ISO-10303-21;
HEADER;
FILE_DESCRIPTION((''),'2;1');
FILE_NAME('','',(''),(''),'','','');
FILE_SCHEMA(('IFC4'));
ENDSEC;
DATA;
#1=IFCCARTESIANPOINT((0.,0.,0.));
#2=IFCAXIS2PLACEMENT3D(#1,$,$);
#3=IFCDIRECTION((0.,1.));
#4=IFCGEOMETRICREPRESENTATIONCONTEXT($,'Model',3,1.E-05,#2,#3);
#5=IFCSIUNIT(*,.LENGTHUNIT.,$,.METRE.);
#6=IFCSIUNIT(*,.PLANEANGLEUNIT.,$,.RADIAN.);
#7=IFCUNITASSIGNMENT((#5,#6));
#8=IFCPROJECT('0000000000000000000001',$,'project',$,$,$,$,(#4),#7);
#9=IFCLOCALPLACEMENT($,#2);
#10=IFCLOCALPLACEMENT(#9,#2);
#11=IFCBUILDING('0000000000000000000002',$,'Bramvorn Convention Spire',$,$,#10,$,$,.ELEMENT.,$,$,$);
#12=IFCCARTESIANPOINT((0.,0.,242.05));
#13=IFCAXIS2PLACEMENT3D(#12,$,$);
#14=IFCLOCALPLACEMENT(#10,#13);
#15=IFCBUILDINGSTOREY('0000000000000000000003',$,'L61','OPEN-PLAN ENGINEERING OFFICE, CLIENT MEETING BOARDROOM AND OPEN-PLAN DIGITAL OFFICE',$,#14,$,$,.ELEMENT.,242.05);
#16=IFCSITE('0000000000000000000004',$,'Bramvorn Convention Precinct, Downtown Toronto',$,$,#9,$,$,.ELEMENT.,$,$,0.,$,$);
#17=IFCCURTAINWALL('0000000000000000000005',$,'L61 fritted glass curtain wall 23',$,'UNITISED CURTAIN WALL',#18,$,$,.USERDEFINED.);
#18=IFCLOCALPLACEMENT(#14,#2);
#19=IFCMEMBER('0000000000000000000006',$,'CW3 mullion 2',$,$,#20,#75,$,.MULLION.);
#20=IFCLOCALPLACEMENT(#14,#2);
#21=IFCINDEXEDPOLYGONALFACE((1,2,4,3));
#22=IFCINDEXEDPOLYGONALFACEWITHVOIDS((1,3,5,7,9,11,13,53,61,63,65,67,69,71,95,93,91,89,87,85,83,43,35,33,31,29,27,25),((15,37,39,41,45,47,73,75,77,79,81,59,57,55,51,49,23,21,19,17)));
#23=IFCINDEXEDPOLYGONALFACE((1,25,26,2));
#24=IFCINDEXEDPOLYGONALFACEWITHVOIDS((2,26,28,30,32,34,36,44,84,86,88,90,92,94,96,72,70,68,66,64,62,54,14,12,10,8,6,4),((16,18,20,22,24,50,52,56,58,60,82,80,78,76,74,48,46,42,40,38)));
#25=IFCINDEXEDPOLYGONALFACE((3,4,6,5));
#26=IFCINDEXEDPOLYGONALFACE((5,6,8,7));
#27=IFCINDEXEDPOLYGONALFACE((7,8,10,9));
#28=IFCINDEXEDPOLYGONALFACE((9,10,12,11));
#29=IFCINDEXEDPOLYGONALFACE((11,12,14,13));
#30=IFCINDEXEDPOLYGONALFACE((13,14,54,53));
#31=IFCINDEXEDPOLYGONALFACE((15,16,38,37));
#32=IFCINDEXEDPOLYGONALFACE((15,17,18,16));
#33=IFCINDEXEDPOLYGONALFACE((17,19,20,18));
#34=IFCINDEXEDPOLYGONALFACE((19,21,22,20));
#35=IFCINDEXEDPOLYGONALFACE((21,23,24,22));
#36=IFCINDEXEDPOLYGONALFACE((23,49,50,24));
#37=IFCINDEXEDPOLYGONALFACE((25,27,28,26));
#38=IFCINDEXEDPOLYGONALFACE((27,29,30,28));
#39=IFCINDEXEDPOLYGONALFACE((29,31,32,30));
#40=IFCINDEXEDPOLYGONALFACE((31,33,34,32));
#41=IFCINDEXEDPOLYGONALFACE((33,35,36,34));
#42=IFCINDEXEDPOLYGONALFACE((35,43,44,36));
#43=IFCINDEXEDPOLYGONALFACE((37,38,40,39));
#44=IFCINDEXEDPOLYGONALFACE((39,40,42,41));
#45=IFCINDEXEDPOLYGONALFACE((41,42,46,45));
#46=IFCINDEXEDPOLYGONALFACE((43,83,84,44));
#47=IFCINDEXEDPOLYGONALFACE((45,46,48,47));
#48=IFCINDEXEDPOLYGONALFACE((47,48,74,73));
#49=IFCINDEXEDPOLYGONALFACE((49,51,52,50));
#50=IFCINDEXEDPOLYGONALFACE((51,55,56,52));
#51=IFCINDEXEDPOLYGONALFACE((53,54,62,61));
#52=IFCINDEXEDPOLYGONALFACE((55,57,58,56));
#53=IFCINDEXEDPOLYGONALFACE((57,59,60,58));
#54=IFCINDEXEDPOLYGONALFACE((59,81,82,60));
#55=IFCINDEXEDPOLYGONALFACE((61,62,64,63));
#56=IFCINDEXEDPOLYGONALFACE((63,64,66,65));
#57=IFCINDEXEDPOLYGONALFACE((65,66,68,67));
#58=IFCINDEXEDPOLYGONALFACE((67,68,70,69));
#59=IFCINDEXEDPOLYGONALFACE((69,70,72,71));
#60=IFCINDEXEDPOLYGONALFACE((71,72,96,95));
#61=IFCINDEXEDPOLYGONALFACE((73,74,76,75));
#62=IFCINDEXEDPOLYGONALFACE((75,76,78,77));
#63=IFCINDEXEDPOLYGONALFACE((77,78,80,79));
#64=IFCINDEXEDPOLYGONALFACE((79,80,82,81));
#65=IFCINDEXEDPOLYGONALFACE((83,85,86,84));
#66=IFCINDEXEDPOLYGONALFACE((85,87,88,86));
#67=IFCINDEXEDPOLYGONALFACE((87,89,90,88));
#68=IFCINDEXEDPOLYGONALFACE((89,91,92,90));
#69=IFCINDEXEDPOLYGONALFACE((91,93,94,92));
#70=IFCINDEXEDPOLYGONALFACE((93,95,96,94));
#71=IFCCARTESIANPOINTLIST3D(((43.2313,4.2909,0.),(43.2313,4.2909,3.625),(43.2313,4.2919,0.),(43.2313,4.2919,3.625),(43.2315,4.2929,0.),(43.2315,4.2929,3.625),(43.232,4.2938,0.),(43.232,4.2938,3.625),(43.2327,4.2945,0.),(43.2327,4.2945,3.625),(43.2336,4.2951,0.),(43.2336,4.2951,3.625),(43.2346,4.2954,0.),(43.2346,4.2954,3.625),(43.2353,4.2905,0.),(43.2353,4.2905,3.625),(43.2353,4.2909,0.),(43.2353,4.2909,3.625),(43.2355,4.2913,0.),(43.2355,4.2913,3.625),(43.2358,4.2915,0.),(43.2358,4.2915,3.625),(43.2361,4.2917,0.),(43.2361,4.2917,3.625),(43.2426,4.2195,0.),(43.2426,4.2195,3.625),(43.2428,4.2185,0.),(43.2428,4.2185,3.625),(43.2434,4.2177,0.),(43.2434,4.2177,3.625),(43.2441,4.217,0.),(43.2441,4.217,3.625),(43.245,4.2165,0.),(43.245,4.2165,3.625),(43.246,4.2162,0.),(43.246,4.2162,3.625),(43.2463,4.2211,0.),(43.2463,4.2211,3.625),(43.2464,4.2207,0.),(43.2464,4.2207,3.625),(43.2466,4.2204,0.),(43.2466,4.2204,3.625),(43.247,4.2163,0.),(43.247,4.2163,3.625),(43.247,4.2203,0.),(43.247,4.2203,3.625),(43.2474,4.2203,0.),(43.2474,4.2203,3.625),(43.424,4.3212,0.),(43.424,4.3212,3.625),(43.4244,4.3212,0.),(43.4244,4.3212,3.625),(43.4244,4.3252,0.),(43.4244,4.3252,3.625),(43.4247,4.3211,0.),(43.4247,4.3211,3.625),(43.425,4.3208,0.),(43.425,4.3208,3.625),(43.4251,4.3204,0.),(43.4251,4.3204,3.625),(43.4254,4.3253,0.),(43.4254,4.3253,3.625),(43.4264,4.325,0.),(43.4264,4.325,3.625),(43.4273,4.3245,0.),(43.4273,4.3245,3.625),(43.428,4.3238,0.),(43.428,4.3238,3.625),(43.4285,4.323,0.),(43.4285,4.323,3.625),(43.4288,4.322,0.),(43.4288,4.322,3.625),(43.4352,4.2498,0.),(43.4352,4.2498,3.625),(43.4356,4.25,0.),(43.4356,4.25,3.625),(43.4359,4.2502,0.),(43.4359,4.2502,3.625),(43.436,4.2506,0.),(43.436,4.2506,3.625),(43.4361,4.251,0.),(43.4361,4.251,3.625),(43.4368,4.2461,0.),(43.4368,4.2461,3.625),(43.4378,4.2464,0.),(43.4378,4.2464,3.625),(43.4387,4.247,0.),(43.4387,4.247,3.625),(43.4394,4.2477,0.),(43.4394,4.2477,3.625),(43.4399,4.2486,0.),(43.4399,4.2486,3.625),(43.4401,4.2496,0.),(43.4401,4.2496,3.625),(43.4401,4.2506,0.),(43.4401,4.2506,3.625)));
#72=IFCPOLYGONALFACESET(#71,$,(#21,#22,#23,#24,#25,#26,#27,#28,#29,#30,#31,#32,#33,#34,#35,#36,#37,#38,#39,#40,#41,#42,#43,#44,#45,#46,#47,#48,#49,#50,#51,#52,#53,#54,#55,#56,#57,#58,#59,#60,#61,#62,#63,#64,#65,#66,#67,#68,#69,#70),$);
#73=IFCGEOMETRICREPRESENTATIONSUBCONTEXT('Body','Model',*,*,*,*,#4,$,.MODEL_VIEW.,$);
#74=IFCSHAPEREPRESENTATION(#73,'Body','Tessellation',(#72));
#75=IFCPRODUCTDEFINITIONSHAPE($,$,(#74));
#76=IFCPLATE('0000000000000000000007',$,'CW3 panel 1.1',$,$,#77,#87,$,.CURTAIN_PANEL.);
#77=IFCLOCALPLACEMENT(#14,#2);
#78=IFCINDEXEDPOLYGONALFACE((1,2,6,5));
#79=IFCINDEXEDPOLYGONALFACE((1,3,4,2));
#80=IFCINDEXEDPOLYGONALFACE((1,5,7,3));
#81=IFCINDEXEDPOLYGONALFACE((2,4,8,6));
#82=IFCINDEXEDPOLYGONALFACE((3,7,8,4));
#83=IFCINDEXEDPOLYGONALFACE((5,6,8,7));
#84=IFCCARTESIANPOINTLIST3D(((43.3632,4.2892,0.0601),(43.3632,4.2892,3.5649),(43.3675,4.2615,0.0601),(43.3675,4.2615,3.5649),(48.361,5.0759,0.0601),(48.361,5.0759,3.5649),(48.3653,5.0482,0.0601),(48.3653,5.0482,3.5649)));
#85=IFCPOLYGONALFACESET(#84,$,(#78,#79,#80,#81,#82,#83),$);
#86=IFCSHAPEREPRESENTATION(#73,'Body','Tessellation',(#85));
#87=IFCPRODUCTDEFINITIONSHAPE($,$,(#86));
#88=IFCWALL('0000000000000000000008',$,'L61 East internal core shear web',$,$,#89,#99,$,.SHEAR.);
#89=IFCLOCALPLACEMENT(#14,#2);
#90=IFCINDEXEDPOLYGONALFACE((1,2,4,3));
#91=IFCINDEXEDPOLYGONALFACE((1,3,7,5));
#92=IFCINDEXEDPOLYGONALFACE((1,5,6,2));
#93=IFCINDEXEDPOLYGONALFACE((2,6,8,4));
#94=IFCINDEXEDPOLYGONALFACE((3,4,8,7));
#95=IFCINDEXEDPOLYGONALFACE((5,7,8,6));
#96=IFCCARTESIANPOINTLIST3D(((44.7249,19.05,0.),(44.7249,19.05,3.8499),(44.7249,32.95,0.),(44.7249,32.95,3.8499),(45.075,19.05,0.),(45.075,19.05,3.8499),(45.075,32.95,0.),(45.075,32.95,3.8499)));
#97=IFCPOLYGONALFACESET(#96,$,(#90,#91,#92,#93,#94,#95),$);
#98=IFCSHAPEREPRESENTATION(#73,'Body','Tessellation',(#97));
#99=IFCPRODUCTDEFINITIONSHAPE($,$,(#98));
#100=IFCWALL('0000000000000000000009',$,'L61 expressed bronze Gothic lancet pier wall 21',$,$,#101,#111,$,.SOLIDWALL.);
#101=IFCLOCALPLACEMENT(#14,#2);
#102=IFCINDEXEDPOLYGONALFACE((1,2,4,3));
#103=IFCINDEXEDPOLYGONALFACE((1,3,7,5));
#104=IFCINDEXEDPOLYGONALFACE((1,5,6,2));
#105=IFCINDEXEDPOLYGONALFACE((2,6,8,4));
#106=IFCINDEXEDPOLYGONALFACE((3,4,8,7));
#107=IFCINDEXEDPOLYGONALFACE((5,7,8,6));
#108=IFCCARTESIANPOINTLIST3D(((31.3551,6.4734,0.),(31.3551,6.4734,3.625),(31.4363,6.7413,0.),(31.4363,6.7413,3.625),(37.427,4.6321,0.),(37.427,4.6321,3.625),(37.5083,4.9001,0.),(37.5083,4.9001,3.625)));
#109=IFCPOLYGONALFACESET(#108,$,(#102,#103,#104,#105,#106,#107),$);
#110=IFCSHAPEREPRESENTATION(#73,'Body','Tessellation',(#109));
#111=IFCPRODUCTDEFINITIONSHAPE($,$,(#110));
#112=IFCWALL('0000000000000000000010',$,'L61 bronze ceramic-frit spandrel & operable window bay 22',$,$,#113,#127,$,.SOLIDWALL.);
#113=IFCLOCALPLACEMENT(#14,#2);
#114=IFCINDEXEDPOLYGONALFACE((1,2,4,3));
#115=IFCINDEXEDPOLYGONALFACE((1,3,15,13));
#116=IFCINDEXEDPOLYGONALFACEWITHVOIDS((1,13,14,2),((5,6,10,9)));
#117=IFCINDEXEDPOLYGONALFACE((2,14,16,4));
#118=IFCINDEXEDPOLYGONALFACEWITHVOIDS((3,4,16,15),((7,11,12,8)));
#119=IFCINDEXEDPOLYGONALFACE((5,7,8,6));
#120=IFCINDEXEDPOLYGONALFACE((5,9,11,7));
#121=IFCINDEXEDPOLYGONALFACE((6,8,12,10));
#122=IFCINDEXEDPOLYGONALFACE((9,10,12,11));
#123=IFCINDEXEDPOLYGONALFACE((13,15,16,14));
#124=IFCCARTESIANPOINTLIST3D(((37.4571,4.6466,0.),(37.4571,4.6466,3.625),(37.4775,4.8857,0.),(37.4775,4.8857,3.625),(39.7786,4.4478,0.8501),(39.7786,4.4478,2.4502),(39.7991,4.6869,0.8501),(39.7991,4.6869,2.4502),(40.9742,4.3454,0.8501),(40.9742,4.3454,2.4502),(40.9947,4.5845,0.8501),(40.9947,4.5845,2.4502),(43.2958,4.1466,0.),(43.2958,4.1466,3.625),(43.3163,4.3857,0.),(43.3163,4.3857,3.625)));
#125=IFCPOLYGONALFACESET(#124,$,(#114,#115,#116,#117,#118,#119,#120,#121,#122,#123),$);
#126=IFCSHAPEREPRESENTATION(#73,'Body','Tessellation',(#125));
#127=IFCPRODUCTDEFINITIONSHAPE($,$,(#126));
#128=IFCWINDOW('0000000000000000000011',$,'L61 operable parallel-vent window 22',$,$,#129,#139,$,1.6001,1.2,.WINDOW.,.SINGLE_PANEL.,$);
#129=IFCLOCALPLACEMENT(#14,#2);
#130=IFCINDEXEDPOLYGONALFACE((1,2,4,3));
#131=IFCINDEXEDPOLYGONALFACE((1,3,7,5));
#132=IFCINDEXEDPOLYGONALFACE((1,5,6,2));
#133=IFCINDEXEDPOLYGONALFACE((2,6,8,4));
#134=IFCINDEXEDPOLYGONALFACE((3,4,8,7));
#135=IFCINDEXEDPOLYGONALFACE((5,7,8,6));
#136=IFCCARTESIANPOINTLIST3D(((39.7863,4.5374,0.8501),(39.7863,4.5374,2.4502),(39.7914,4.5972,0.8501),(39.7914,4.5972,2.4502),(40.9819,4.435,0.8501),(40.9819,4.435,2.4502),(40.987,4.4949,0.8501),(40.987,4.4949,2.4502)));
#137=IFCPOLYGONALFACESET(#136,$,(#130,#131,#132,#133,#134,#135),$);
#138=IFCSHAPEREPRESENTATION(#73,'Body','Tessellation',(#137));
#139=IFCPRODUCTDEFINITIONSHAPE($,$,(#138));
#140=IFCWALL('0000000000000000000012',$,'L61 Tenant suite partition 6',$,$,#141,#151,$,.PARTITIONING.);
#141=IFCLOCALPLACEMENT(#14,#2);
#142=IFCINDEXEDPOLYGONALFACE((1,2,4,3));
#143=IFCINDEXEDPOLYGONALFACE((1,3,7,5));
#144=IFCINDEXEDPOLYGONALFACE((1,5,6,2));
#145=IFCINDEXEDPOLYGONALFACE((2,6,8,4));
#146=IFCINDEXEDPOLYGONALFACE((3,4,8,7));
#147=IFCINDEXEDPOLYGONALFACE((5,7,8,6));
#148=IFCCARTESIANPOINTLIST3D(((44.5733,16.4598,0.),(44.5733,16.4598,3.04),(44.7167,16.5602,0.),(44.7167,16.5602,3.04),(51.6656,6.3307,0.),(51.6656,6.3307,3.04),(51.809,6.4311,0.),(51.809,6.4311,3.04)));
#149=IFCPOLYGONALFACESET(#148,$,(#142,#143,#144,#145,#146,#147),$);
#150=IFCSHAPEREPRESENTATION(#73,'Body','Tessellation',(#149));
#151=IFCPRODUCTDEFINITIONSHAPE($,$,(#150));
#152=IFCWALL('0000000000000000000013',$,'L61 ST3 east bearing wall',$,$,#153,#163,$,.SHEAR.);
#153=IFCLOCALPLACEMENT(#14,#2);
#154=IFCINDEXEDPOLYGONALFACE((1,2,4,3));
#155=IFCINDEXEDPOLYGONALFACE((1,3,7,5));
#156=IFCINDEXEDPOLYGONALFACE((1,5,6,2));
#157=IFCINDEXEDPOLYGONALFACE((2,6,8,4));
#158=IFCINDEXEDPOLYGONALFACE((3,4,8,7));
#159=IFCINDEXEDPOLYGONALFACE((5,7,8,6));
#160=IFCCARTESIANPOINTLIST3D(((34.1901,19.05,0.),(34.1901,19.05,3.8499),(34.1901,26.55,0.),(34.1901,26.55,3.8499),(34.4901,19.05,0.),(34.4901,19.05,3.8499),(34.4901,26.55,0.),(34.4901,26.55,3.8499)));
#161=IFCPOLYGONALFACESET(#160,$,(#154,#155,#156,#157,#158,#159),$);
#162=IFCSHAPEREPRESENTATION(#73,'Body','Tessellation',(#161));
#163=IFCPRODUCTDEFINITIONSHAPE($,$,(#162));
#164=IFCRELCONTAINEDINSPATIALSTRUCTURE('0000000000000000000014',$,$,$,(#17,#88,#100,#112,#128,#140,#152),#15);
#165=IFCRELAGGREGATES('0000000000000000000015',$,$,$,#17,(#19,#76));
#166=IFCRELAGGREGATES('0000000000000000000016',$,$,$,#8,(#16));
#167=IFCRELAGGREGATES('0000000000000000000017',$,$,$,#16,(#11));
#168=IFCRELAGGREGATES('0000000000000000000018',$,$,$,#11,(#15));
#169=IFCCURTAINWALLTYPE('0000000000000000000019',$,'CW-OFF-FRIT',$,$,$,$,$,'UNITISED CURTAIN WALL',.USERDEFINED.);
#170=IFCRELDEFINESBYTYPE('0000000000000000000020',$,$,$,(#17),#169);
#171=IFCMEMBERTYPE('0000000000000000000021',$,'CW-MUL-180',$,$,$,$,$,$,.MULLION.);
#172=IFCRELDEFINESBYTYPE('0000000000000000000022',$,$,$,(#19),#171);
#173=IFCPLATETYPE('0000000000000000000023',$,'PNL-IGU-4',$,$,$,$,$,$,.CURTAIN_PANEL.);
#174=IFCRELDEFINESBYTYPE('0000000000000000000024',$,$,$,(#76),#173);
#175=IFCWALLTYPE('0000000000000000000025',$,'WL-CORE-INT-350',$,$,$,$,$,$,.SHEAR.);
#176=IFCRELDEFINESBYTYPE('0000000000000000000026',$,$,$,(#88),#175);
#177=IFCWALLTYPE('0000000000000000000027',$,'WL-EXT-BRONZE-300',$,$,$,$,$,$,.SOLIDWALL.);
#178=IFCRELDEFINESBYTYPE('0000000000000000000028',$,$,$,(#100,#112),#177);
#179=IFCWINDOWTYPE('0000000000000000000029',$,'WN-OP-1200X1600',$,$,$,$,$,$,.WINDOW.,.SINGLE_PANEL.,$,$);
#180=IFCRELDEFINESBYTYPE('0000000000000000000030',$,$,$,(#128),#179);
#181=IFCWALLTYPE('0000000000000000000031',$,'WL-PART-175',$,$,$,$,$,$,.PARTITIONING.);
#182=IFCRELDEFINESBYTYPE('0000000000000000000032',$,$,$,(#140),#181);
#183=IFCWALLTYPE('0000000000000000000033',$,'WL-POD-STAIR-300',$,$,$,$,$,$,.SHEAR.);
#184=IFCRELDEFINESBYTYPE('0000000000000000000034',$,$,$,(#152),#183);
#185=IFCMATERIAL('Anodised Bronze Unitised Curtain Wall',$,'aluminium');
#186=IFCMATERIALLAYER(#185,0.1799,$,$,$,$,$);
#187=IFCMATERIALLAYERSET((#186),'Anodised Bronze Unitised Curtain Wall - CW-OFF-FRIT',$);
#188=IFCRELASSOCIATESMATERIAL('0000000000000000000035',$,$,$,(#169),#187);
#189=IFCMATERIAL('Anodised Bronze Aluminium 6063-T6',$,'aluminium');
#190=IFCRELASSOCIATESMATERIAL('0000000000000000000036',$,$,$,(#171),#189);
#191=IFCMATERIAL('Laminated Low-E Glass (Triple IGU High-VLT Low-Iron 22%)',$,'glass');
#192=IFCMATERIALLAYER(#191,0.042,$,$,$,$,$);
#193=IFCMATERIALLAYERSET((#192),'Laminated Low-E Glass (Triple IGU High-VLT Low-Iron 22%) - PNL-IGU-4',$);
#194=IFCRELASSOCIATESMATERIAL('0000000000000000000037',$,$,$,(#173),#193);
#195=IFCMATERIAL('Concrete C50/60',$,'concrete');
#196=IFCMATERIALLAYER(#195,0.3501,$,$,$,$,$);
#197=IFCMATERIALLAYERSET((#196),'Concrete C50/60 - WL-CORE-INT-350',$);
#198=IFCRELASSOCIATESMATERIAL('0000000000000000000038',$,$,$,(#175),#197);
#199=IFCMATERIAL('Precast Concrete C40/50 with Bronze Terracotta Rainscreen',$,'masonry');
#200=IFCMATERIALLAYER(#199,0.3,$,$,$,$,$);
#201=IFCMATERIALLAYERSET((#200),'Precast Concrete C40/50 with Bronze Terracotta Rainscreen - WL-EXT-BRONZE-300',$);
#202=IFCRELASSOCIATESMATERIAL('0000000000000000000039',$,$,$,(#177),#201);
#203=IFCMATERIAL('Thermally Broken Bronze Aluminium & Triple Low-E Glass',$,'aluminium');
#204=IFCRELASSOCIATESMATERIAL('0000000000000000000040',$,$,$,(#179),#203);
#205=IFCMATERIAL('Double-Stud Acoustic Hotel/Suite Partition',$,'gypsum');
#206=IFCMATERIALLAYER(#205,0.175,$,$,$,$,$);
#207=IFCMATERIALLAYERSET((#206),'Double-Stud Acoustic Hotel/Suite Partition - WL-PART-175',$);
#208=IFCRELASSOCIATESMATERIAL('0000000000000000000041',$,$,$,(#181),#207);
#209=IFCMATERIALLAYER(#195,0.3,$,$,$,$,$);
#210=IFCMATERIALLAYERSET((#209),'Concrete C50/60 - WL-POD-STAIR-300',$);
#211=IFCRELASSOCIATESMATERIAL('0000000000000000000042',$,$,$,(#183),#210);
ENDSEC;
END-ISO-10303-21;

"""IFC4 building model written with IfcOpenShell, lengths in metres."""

from ifc_helpers import new_model, si_unit, direction, frame, frame_2d, origin, origin_2d, place, context, subcontext, project, spatial, rectangle, hollow_rectangle, extrude, material, layer, layer_set, material_profile, profile_set, type_object, element, fill, aggregate, save


model = new_model("IFC4")

# Units and contexts
model_context = context("Model", 3, precision=1e-05, world=origin(), true_north=direction((0.0, 1.0)))
body_context = subcontext(model_context, "Body", "Model", "MODEL_VIEW")
ifc_project = project(units=[si_unit("LENGTHUNIT", "METRE"), si_unit("PLANEANGLEUNIT", "RADIAN")], contexts=[model_context])

# Site, building, storey
site_placement = place(None, origin())
site = spatial("IfcSite", under=ifc_project, at=site_placement, Name="Bramvorn Convention Precinct, Downtown Toronto", CompositionType="ELEMENT", RefElevation=0.0)
building_placement = place(site_placement, origin())
building = spatial("IfcBuilding", under=site, at=building_placement, Name="Bramvorn Convention Spire", CompositionType="ELEMENT")
storey_placement = place(building_placement, frame((0.0, 0.0, 242.05)))
storey = spatial("IfcBuildingStorey", under=building, at=storey_placement, Name="L61", Description="OPEN-PLAN ENGINEERING OFFICE, CLIENT MEETING BOARDROOM AND OPEN-PLAN DIGITAL OFFICE", CompositionType="ELEMENT", Elevation=242.05)

# Curtain wall, member, plate
ifc_material_1 = material(Name="Anodised Bronze Unitised Curtain Wall", Category="aluminium")
ifc_layer_1 = layer(ifc_material_1, 0.1799)
ifc_layer_set_1 = layer_set([ifc_layer_1], Name="Anodised Bronze Unitised Curtain Wall - CW-OFF-FRIT")
curtain_wall_type = type_object("IfcCurtainWallType", Name="CW-OFF-FRIT", ElementType="UNITISED CURTAIN WALL", PredefinedType="USERDEFINED", material=ifc_layer_set_1)
curtain_wall_placement = place(storey_placement, origin())
curtain_wall = element("IfcCurtainWall", 1, at=curtain_wall_placement, inside=storey, type_object=curtain_wall_type, Name="L61 fritted glass curtain wall 23", ObjectType="UNITISED CURTAIN WALL", PredefinedType="USERDEFINED")
ifc_material_2 = material(Name="Anodised Bronze Aluminium 6063-T6", Category="aluminium")
ifc_material_profile_1 = material_profile(ifc_material_2, hollow_rectangle(XDim=0.0801, YDim=0.2, WallThickness=0.0039, InnerFilletRadius=0.001, OuterFilletRadius=0.0039, at=origin_2d()))
ifc_profile_set_1 = profile_set([ifc_material_profile_1], Name="Anodised Bronze Aluminium 6063-T6 - CWM80X200")
member_type = type_object("IfcMemberType", Name="CW-MUL-180", PredefinedType="MULLION", material=ifc_profile_set_1)
member_placement = place(storey_placement, frame((43.3357, 4.2708, 0.0), z_axis=(0.0, 0.0, 1.0), x_axis=(0.155485, -0.987838, 0.0)))
member = element("IfcMember", 2, at=member_placement, type_object=member_type, Name="CW3 mullion 2", PredefinedType="MULLION", context=body_context, shape_type="SweptSolid", body=[
    extrude(hollow_rectangle(XDim=0.0801, YDim=0.2, WallThickness=0.0039, InnerFilletRadius=0.001, OuterFilletRadius=0.0039, at=origin_2d()), origin(), (0.0, 0.0, 1.0), 3.625),
])
ifc_material_3 = material(Name="Laminated Low-E Glass (Triple IGU High-VLT Low-Iron 22%)", Category="glass")
ifc_layer_2 = layer(ifc_material_3, 0.042)
ifc_layer_set_2 = layer_set([ifc_layer_2], Name="Laminated Low-E Glass (Triple IGU High-VLT Low-Iron 22%) - PNL-IGU-4")
plate_type = type_object("IfcPlateType", Name="PNL-IGU-4", PredefinedType="CURTAIN_PANEL", material=ifc_layer_set_2)
plate_placement = place(storey_placement, frame((45.8643, 4.6687, 0.0601), z_axis=(0.0, 0.0, 1.0), x_axis=(-0.987838, -0.155485, 0.0)))
plate = element("IfcPlate", 3, at=plate_placement, type_object=plate_type, Name="CW3 panel 1.1", PredefinedType="CURTAIN_PANEL", context=body_context, shape_type="SweptSolid", body=[
    extrude(rectangle(XDim=5.0593, YDim=0.0281, at=origin_2d()), origin(), (0.0, 0.0, 1.0), 3.5049),
])
aggregate(curtain_wall, [member, plate])

# Walls
ifc_material_4 = material(Name="Concrete C50/60", Category="concrete")
ifc_layer_3 = layer(ifc_material_4, 0.3501)
ifc_layer_set_3 = layer_set([ifc_layer_3], Name="Concrete C50/60 - WL-CORE-INT-350")
wall_type_1 = type_object("IfcWallType", Name="WL-CORE-INT-350", PredefinedType="SHEAR", material=ifc_layer_set_3)
wall_1_placement = place(storey_placement, frame((44.8999, 19.05, 0.0), z_axis=(0.0, 0.0, 1.0), x_axis=(0.0, 1.0, 0.0)))
element("IfcWall", 4, at=wall_1_placement, inside=storey, type_object=wall_type_1, Name="L61 East internal core shear web", PredefinedType="SHEAR", context=body_context, shape_type="SweptSolid", body=[
    extrude(rectangle(XDim=13.8999, YDim=0.3501, at=frame_2d((6.95, 0.0))), origin(), (0.0, 0.0, 1.0), 3.8499),
])
ifc_material_5 = material(Name="Precast Concrete C40/50 with Bronze Terracotta Rainscreen", Category="masonry")
ifc_layer_4 = layer(ifc_material_5, 0.3)
ifc_layer_set_4 = layer_set([ifc_layer_4], Name="Precast Concrete C40/50 with Bronze Terracotta Rainscreen - WL-EXT-BRONZE-300")
wall_type_2 = type_object("IfcWallType", Name="WL-EXT-BRONZE-300", PredefinedType="SOLIDWALL", material=ifc_layer_set_4)
wall_2_placement = place(storey_placement, frame((37.4675, 4.7661, 0.0), z_axis=(0.0, 0.0, 1.0), x_axis=(-0.956967, 0.290195, 0.0)))
element("IfcWall", 5, at=wall_2_placement, inside=storey, type_object=wall_type_2, Name="L61 expressed bronze Gothic lancet pier wall 21", PredefinedType="SOLIDWALL", context=body_context, shape_type="SweptSolid", body=[
    extrude(rectangle(XDim=6.345, YDim=0.28, at=frame_2d((3.1724, 0.0))), origin(), (0.0, 0.0, 1.0), 3.625),
])

# Wall, opening, window
wall_3_placement = place(storey_placement, frame((43.3062, 4.2661, 0.0), z_axis=(0.0, 0.0, 1.0), x_axis=(-0.996353, 0.085324, 0.0)))
wall_3 = element("IfcWall", 6, at=wall_3_placement, inside=storey, type_object=wall_type_2, Name="L61 bronze ceramic-frit spandrel & operable window bay 22", PredefinedType="SOLIDWALL", context=body_context, shape_type="SweptSolid", body=[
    extrude(rectangle(XDim=5.8601, YDim=0.24, at=frame_2d((2.9302, 0.0))), origin(), (0.0, 0.0, 1.0), 3.625),
])
opening_placement = place(wall_3_placement, frame((2.3301, 0.0, 0.8501)))
opening = element("IfcOpeningElement", 7, at=opening_placement, cuts=wall_3, PredefinedType="OPENING", context=body_context, shape_type="SweptSolid", body=[
    extrude(rectangle(XDim=1.2, YDim=1.6001, at=frame_2d((0.6001, 0.8))), frame((0.0, 0.1299, 0.0), z_axis=(0.0, -1.0, 0.0), x_axis=(1.0, 0.0, 0.0)), (0.0, 0.0, 1.0), 0.26),
])
ifc_material_6 = material(Name="Thermally Broken Bronze Aluminium & Triple Low-E Glass", Category="aluminium")
window_type = type_object("IfcWindowType", Name="WN-OP-1200X1600", PartitioningType="SINGLE_PANEL", PredefinedType="WINDOW", material=ifc_material_6)
window_placement = place(opening_placement, origin())
window = element("IfcWindow", 8, at=window_placement, inside=storey, type_object=window_type, Name="L61 operable parallel-vent window 22", OverallHeight=1.6001, OverallWidth=1.2, PartitioningType="SINGLE_PANEL", PredefinedType="WINDOW", context=body_context, shape_type="SweptSolid", body=[
    extrude(rectangle(XDim=1.2, YDim=1.6001, at=frame_2d((0.6001, 0.8))), frame((0.0, 0.03, 0.0), z_axis=(0.0, -1.0, 0.0), x_axis=(1.0, 0.0, 0.0)), (0.0, 0.0, 1.0), 0.0601),
])
fill(opening, window)

# Walls
ifc_material_7 = material(Name="Double-Stud Acoustic Hotel/Suite Partition", Category="gypsum")
ifc_layer_5 = layer(ifc_material_7, 0.175)
ifc_layer_set_5 = layer_set([ifc_layer_5], Name="Double-Stud Acoustic Hotel/Suite Partition - WL-PART-175")
wall_type_3 = type_object("IfcWallType", Name="WL-PART-175", PredefinedType="PARTITIONING", material=ifc_layer_set_5)
wall_4_placement = place(storey_placement, frame((44.645, 16.51, 0.0), z_axis=(0.0, 0.0, 1.0), x_axis=(0.573564, -0.81916, 0.0)))
element("IfcWall", 9, at=wall_4_placement, inside=storey, type_object=wall_type_3, Name="L61 Tenant suite partition 6", PredefinedType="PARTITIONING", context=body_context, shape_type="SweptSolid", body=[
    extrude(rectangle(XDim=12.3652, YDim=0.175, at=frame_2d((6.1826, 0.0))), origin(), (0.0, 0.0, 1.0), 3.04),
])
ifc_layer_6 = layer(ifc_material_4, 0.3)
ifc_layer_set_6 = layer_set([ifc_layer_6], Name="Concrete C50/60 - WL-POD-STAIR-300")
wall_type_4 = type_object("IfcWallType", Name="WL-POD-STAIR-300", PredefinedType="SHEAR", material=ifc_layer_set_6)
wall_5_placement = place(storey_placement, frame((34.3401, 19.05, 0.0), z_axis=(0.0, 0.0, 1.0), x_axis=(0.0, 1.0, 0.0)))
element("IfcWall", 10, at=wall_5_placement, inside=storey, type_object=wall_type_4, Name="L61 ST3 east bearing wall", PredefinedType="SHEAR", context=body_context, shape_type="SweptSolid", body=[
    extrude(rectangle(XDim=7.5, YDim=0.3, at=frame_2d((3.75, 0.0))), origin(), (0.0, 0.0, 1.0), 3.8499),
])

save(model, "model.ifc")
